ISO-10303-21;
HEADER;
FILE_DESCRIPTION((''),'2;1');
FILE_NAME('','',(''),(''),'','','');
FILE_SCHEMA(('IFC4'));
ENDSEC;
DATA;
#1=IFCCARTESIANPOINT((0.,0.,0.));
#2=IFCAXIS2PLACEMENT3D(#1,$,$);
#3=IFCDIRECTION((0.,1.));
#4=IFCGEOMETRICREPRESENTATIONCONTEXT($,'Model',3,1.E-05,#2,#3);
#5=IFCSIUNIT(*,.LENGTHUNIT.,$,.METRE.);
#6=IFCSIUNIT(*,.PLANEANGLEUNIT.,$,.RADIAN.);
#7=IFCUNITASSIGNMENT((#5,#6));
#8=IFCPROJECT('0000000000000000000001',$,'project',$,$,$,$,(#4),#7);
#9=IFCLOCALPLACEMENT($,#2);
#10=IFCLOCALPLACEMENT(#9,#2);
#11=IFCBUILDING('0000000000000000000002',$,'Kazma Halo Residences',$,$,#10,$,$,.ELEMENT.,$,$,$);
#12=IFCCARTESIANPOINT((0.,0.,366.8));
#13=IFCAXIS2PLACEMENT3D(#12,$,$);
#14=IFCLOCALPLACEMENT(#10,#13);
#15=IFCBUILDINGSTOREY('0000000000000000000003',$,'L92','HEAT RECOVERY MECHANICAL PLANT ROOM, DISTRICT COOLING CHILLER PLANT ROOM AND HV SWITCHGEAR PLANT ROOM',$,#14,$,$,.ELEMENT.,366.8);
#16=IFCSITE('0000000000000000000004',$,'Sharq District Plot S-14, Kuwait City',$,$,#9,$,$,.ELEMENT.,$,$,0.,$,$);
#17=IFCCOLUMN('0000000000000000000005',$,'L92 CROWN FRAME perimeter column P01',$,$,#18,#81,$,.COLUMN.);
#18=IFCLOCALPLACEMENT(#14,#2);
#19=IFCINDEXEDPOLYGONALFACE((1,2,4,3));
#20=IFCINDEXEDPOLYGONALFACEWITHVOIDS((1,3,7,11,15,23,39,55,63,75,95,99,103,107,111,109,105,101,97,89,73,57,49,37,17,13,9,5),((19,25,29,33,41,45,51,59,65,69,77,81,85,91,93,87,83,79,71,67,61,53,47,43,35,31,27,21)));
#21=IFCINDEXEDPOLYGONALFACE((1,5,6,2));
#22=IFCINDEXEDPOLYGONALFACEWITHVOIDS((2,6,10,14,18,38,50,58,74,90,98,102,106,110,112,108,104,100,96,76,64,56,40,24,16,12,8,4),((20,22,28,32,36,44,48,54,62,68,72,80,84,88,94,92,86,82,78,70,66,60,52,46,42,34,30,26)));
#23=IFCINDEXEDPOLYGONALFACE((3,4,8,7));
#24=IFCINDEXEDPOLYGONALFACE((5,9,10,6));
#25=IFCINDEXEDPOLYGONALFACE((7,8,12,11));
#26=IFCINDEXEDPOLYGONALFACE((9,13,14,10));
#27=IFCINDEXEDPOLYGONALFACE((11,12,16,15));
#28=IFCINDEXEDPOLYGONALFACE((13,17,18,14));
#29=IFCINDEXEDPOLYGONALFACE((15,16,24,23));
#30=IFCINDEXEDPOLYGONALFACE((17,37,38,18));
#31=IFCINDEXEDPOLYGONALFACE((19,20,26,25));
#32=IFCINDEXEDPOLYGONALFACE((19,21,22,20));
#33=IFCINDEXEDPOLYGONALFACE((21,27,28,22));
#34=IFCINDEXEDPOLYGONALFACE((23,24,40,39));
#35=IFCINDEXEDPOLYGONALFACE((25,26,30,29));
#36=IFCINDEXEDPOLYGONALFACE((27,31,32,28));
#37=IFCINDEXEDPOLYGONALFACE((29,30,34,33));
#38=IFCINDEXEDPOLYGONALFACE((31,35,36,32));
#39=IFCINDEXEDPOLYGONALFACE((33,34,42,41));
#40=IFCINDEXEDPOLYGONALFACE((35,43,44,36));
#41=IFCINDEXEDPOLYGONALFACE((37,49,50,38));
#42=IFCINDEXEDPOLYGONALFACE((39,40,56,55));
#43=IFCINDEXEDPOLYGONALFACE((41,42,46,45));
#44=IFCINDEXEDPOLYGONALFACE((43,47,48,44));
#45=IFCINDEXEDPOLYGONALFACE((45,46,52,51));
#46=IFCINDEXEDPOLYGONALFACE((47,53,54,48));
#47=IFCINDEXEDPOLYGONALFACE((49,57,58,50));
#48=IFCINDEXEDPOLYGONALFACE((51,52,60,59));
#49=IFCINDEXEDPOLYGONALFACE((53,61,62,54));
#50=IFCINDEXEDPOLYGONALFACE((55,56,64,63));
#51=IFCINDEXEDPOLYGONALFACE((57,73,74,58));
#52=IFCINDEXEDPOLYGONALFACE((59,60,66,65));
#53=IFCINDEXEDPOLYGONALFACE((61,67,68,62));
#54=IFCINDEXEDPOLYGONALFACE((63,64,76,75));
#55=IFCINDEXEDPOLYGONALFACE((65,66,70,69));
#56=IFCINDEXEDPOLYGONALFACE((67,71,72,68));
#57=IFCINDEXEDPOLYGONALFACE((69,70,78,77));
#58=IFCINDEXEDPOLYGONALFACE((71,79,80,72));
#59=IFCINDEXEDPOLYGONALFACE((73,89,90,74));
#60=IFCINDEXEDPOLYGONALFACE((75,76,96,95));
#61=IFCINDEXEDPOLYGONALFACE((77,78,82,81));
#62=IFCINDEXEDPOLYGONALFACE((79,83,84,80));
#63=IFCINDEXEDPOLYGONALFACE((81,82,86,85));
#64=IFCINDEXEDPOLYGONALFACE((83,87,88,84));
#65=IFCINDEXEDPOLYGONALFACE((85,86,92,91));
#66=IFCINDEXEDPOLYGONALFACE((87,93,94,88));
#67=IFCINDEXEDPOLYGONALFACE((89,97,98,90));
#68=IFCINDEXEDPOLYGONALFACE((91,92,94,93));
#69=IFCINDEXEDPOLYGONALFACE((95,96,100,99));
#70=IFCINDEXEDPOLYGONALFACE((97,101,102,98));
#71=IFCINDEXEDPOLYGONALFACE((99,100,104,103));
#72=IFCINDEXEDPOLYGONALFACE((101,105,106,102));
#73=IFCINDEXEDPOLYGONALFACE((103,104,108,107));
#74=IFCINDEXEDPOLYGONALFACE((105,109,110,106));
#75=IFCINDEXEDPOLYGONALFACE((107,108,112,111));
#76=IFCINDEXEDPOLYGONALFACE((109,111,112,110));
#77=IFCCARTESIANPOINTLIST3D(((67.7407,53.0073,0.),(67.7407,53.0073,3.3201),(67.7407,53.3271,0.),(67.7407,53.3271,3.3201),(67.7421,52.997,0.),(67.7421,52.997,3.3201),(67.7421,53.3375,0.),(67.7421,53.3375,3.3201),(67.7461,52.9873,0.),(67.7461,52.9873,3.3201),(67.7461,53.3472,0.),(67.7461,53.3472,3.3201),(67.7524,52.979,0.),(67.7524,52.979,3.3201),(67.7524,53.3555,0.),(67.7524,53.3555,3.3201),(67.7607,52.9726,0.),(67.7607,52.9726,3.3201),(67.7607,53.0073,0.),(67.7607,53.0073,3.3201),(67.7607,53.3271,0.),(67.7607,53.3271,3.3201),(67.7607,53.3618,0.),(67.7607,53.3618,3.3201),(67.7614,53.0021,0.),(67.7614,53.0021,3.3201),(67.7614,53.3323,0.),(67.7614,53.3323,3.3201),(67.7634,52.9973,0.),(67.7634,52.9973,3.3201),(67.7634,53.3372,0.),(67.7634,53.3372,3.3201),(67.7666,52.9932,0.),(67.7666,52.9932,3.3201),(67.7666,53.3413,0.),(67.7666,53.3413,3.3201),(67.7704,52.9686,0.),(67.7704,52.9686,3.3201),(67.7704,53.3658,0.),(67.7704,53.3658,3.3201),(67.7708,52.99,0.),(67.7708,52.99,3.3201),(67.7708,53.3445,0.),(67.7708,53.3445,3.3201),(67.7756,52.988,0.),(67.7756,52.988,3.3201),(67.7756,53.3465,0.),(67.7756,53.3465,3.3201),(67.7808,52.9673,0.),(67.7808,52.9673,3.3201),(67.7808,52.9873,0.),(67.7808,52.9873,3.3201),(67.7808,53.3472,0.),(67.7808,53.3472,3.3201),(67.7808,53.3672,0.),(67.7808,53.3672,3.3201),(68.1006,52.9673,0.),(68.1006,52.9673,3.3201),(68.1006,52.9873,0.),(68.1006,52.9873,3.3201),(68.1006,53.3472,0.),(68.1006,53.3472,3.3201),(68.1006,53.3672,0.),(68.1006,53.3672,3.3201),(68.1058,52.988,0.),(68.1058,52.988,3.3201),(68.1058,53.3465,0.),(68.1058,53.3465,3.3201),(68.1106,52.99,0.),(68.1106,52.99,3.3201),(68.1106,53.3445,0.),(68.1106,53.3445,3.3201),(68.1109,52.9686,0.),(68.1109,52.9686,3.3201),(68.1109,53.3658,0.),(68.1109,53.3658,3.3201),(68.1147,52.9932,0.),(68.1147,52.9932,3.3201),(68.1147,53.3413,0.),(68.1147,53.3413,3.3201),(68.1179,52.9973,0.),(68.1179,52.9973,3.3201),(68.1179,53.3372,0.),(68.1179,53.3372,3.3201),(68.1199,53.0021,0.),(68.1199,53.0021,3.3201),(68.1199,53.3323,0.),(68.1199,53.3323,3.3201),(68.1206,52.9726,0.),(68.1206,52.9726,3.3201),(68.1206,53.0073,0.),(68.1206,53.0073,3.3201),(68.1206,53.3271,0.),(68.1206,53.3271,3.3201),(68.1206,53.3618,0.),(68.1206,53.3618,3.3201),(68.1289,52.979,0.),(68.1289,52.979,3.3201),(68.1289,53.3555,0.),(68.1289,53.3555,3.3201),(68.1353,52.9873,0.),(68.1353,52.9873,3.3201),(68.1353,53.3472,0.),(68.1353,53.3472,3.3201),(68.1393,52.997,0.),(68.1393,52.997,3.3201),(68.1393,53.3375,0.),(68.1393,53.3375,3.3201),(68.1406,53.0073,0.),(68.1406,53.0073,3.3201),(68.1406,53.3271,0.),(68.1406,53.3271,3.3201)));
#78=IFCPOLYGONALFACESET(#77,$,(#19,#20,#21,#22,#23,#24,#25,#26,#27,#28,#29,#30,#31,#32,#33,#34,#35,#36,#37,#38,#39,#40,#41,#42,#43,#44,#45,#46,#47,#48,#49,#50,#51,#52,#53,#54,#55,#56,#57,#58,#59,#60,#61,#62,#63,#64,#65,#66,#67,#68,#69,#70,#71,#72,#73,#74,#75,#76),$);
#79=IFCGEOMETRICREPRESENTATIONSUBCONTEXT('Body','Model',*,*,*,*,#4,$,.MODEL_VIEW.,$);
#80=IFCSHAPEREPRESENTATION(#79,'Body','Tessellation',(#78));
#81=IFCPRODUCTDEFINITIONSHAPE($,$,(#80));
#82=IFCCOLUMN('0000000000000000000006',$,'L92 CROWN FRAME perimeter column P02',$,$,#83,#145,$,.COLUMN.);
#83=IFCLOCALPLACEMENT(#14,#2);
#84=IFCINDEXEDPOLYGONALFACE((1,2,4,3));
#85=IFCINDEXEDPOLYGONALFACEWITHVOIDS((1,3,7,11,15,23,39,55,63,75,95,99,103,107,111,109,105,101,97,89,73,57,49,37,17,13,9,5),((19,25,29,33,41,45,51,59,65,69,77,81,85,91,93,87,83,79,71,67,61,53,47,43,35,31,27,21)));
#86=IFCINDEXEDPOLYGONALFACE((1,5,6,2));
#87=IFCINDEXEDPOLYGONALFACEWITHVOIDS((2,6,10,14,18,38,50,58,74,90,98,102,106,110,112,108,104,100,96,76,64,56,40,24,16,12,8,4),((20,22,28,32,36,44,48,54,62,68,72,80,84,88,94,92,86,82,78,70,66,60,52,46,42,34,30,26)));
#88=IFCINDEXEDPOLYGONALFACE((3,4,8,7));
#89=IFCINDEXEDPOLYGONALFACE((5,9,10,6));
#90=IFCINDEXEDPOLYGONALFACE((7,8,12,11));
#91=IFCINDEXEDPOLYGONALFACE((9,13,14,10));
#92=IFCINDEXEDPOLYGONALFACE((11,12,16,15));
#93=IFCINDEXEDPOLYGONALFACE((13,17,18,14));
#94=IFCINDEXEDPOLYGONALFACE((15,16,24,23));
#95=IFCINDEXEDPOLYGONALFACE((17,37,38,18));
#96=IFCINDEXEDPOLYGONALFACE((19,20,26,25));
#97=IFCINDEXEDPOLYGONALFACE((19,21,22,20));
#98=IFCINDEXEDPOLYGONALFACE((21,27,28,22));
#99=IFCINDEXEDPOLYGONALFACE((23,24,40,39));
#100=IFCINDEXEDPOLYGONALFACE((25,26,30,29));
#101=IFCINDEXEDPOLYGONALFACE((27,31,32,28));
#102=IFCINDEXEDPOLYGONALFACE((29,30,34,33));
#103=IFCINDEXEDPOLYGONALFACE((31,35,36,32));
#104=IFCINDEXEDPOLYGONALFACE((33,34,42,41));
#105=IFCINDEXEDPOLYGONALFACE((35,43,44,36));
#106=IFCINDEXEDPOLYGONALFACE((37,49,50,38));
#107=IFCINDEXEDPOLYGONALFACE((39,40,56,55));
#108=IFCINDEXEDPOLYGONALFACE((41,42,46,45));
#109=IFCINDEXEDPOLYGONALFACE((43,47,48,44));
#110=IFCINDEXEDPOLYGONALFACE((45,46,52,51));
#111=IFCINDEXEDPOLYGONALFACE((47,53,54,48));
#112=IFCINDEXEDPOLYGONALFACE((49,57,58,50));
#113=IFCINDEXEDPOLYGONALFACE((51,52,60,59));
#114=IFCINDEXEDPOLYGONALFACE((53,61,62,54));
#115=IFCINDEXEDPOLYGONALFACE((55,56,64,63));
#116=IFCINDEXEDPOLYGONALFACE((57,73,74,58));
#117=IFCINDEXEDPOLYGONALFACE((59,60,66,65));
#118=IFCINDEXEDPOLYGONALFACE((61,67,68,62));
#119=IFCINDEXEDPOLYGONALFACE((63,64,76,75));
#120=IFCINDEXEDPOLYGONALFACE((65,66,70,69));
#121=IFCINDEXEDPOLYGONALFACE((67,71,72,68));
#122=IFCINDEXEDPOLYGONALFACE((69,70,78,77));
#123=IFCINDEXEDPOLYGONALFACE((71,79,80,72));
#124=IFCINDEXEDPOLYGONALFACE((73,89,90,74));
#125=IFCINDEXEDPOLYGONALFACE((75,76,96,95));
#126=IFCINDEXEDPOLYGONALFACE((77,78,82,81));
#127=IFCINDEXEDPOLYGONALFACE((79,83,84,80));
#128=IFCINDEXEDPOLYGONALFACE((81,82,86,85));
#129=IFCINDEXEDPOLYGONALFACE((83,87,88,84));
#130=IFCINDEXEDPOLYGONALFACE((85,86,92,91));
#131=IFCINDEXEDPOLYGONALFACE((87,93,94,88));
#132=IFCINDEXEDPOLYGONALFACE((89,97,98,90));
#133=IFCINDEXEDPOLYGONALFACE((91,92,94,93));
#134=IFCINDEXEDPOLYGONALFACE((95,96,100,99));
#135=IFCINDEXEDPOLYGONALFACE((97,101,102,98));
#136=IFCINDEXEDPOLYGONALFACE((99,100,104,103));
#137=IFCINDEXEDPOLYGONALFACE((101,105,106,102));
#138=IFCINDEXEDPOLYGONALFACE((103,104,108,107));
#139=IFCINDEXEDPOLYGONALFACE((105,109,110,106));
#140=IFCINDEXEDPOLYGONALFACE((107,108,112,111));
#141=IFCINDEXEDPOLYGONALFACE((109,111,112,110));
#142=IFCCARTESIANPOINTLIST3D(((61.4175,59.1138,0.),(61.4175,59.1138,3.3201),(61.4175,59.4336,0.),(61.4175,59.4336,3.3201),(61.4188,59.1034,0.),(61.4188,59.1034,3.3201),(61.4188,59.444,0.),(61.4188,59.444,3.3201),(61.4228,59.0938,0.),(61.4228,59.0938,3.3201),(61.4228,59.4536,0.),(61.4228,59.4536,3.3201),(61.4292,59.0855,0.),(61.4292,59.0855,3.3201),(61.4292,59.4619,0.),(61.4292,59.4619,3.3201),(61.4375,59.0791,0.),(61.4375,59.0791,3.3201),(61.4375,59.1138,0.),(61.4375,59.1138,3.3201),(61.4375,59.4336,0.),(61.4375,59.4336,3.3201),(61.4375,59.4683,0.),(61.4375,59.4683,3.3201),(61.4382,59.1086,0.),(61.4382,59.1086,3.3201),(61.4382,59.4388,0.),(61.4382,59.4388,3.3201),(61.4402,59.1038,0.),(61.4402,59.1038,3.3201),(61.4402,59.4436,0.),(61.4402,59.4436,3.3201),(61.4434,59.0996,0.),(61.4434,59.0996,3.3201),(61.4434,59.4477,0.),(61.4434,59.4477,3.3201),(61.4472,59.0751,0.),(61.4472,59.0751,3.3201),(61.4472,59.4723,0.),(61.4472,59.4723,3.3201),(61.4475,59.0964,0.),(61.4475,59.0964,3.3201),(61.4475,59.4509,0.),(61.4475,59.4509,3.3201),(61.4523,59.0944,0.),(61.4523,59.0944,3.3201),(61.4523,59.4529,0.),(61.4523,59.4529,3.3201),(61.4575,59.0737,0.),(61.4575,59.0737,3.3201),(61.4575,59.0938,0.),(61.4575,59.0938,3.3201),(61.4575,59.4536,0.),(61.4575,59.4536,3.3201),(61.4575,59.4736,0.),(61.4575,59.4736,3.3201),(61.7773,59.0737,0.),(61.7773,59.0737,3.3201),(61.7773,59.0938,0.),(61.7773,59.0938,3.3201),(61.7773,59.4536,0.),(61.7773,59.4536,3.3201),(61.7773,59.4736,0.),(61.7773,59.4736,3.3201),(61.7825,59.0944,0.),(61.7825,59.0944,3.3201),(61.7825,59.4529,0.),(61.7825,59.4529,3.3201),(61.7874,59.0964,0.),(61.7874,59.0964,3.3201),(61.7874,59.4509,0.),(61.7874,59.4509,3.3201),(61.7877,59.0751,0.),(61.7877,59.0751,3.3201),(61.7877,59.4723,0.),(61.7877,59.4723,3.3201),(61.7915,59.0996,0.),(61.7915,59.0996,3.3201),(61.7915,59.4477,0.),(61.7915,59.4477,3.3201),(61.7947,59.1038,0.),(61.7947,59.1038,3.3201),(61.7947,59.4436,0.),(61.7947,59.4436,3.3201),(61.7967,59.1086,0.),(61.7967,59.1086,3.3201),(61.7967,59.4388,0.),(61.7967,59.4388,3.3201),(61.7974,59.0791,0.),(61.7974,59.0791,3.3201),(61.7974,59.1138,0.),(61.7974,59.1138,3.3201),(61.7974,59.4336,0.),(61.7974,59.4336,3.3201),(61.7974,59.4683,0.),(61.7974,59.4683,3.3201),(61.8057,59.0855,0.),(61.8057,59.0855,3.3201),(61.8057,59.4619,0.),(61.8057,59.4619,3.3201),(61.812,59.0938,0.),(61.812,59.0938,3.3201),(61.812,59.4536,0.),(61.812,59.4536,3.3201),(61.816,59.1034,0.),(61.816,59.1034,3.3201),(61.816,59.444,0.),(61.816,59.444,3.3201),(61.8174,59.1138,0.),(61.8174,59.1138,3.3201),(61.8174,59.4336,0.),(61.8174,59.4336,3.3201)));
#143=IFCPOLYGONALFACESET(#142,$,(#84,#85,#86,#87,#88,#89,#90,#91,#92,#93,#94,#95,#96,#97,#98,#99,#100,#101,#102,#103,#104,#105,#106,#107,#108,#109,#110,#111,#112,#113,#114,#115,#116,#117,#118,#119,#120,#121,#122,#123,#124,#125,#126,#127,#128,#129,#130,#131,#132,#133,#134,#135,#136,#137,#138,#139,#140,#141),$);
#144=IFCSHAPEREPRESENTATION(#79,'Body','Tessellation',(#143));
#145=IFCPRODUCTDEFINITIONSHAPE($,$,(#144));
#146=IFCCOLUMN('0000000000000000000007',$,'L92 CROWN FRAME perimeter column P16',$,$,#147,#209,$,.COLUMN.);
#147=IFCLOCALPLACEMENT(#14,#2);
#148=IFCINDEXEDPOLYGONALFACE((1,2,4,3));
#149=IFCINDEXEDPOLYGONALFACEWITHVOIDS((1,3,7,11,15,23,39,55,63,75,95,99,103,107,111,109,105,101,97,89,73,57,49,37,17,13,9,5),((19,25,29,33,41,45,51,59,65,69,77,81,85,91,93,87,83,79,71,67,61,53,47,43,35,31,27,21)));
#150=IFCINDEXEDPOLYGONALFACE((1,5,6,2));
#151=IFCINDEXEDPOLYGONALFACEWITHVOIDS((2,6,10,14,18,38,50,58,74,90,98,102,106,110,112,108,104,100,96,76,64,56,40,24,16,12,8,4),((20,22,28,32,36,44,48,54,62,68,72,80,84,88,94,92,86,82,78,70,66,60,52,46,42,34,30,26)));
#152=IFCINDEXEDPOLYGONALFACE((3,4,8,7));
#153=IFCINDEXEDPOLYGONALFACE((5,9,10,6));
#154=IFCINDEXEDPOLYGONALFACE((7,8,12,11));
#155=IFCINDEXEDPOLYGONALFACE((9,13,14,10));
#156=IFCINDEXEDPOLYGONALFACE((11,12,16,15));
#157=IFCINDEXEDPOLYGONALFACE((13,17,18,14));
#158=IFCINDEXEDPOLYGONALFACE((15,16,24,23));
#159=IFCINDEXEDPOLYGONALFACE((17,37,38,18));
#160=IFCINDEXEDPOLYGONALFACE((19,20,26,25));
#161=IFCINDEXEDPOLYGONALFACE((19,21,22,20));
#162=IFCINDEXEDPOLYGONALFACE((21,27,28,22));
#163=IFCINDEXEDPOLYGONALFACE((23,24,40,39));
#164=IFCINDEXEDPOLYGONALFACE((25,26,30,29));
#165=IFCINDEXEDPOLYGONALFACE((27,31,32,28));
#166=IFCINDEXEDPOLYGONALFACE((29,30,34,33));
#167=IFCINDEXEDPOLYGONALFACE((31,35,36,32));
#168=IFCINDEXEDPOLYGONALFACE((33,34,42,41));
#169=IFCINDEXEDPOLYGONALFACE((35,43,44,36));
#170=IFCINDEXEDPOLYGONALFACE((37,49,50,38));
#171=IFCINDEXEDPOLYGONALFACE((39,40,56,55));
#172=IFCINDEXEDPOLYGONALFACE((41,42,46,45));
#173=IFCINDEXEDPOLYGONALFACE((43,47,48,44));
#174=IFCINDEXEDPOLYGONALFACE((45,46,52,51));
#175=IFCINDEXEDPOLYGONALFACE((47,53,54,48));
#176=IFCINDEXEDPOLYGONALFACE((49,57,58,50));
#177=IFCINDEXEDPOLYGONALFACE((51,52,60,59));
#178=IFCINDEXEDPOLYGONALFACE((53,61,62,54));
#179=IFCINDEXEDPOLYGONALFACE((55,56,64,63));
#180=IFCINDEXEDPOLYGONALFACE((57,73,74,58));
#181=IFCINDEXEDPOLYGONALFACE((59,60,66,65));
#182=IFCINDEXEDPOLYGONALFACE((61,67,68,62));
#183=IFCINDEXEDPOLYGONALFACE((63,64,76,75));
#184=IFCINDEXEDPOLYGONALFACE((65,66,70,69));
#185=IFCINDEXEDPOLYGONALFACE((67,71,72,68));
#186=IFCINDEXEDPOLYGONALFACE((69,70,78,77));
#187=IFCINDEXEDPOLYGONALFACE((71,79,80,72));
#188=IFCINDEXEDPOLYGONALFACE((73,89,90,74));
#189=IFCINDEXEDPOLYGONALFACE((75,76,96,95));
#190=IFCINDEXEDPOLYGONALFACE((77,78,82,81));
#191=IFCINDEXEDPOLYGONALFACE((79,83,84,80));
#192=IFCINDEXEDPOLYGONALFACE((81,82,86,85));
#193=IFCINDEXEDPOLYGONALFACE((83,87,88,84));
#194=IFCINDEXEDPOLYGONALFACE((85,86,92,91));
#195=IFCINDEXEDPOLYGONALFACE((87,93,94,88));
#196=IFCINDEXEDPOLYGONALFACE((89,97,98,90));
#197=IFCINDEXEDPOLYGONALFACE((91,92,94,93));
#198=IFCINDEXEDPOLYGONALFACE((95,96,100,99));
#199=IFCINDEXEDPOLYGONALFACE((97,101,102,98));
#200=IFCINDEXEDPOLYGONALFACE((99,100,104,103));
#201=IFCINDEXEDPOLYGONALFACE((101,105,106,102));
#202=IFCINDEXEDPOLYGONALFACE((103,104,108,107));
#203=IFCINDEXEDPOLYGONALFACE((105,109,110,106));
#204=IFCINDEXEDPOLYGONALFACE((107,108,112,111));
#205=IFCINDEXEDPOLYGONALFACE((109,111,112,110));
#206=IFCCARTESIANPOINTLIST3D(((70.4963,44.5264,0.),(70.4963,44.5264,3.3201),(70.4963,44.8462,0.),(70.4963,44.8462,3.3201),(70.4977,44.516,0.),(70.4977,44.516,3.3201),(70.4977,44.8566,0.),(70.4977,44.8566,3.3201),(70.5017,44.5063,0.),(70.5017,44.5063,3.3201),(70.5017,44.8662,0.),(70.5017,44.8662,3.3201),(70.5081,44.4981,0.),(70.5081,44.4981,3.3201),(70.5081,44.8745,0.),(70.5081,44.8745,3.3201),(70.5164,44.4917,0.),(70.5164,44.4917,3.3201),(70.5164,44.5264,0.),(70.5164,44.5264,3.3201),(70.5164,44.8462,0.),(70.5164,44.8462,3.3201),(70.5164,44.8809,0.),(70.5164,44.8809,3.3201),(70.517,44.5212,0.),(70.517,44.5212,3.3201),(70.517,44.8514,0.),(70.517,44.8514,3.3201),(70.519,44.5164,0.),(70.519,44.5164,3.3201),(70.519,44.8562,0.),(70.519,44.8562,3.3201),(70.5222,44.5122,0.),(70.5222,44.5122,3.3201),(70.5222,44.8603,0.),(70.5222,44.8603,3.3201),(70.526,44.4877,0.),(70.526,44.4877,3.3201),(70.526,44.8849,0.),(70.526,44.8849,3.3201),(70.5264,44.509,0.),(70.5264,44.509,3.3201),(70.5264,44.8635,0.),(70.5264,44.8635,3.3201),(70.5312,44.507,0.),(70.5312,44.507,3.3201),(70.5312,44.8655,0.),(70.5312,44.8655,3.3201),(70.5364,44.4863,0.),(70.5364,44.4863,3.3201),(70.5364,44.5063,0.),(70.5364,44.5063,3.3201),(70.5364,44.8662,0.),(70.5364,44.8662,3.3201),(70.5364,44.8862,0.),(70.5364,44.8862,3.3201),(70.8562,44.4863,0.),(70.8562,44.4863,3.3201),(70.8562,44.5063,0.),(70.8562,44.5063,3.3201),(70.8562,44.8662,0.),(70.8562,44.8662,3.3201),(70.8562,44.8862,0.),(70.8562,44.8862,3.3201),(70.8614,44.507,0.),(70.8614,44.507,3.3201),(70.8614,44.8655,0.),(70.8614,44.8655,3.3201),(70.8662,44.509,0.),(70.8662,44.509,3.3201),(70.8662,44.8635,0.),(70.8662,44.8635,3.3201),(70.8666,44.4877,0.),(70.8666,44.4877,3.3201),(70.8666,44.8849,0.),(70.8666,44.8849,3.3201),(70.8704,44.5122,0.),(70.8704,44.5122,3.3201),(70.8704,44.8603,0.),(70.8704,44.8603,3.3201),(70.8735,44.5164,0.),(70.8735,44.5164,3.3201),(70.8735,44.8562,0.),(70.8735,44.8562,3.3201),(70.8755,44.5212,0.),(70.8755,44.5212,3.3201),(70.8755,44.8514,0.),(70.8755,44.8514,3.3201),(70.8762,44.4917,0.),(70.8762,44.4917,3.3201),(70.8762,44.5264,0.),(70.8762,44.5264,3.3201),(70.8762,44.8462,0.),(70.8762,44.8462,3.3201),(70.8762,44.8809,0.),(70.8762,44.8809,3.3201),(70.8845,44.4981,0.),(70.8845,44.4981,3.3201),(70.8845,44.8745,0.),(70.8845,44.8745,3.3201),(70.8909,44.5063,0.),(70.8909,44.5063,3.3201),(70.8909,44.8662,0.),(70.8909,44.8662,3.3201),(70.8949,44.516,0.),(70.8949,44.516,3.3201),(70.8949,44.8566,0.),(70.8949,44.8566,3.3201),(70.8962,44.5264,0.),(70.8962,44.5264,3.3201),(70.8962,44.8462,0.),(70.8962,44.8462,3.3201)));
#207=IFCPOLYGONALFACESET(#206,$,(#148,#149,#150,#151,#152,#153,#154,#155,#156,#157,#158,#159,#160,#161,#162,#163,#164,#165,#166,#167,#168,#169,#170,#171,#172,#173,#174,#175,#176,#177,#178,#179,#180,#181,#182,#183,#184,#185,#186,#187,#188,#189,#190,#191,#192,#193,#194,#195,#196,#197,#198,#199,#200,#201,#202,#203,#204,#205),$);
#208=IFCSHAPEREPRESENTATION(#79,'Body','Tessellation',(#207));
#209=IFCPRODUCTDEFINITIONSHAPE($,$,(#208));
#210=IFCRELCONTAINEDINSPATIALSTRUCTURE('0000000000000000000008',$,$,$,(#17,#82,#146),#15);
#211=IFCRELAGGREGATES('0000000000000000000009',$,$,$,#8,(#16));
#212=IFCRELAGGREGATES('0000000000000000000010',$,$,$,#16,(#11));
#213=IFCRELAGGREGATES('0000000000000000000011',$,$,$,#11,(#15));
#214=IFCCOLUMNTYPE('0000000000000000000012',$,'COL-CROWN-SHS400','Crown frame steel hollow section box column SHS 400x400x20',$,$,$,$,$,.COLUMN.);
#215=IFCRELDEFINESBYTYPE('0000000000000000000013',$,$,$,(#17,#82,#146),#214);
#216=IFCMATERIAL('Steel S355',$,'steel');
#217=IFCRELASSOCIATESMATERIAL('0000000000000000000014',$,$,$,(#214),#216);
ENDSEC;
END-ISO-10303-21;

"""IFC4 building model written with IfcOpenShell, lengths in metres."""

from ifc_helpers import new_model, si_unit, direction, frame, origin, origin_2d, place, context, subcontext, project, spatial, hollow_rectangle, extrude, material, material_profile, profile_set, type_object, element, save


model = new_model("IFC4")

# Units and contexts
model_context = context("Model", 3, precision=1e-05, world=origin(), true_north=direction((0.0, 1.0)))
body_context = subcontext(model_context, "Body", "Model", "MODEL_VIEW")
ifc_project = project(units=[si_unit("LENGTHUNIT", "METRE"), si_unit("PLANEANGLEUNIT", "RADIAN")], contexts=[model_context])

# Site, building, storey
site_placement = place(None, origin())
site = spatial("IfcSite", under=ifc_project, at=site_placement, Name="Sharq District Plot S-14, Kuwait City", CompositionType="ELEMENT", RefElevation=0.0)
building_placement = place(site_placement, origin())
building = spatial("IfcBuilding", under=site, at=building_placement, Name="Kazma Halo Residences", CompositionType="ELEMENT")
storey_placement = place(building_placement, frame((0.0, 0.0, 366.8)))
storey = spatial("IfcBuildingStorey", under=building, at=storey_placement, Name="L92", Description="HEAT RECOVERY MECHANICAL PLANT ROOM, DISTRICT COOLING CHILLER PLANT ROOM AND HV SWITCHGEAR PLANT ROOM", CompositionType="ELEMENT", Elevation=366.8)

# Columns
ifc_material_1 = material(Name="Steel S355", Category="steel")
ifc_material_profile_1 = material_profile(ifc_material_1, hollow_rectangle(XDim=0.3999, YDim=0.3999, WallThickness=0.02, InnerFilletRadius=0.02, OuterFilletRadius=0.04, at=origin_2d()), Name="SHS400x400x20")
ifc_profile_set_1 = profile_set([ifc_material_profile_1], Name="Steel S355")
column_type = type_object("IfcColumnType", Name="COL-CROWN-SHS400", Description="Crown frame steel hollow section box column SHS 400x400x20", PredefinedType="COLUMN", material=ifc_profile_set_1)
for number, where, z_axis, x_axis, name in (
    (1, (67.9407, 53.1672, 0.0), (0.0, 0.0, 1.0), (1.0, 0.0, 0.0), "L92 CROWN FRAME perimeter column P01"),
    (2, (61.6174, 59.2737, 0.0), (0.0, 0.0, 1.0), (1.0, 0.0, 0.0), "L92 CROWN FRAME perimeter column P02"),
    (3, (70.6963, 44.6863, 0.0), (0.0, 0.0, 1.0), (1.0, 0.0, 0.0), "L92 CROWN FRAME perimeter column P16"),
):
    element("IfcColumn", number, at=place(storey_placement, frame(where, z_axis=z_axis, x_axis=x_axis)), inside=storey, type_object=column_type, Name=name, PredefinedType="COLUMN", context=body_context, shape_type="SweptSolid", body=[
        extrude(hollow_rectangle(XDim=0.3999, YDim=0.3999, WallThickness=0.02, InnerFilletRadius=0.02, OuterFilletRadius=0.04, at=origin_2d()), origin(), (0.0, 0.0, 1.0), 3.3201),
    ])

save(model, "model.ifc")
